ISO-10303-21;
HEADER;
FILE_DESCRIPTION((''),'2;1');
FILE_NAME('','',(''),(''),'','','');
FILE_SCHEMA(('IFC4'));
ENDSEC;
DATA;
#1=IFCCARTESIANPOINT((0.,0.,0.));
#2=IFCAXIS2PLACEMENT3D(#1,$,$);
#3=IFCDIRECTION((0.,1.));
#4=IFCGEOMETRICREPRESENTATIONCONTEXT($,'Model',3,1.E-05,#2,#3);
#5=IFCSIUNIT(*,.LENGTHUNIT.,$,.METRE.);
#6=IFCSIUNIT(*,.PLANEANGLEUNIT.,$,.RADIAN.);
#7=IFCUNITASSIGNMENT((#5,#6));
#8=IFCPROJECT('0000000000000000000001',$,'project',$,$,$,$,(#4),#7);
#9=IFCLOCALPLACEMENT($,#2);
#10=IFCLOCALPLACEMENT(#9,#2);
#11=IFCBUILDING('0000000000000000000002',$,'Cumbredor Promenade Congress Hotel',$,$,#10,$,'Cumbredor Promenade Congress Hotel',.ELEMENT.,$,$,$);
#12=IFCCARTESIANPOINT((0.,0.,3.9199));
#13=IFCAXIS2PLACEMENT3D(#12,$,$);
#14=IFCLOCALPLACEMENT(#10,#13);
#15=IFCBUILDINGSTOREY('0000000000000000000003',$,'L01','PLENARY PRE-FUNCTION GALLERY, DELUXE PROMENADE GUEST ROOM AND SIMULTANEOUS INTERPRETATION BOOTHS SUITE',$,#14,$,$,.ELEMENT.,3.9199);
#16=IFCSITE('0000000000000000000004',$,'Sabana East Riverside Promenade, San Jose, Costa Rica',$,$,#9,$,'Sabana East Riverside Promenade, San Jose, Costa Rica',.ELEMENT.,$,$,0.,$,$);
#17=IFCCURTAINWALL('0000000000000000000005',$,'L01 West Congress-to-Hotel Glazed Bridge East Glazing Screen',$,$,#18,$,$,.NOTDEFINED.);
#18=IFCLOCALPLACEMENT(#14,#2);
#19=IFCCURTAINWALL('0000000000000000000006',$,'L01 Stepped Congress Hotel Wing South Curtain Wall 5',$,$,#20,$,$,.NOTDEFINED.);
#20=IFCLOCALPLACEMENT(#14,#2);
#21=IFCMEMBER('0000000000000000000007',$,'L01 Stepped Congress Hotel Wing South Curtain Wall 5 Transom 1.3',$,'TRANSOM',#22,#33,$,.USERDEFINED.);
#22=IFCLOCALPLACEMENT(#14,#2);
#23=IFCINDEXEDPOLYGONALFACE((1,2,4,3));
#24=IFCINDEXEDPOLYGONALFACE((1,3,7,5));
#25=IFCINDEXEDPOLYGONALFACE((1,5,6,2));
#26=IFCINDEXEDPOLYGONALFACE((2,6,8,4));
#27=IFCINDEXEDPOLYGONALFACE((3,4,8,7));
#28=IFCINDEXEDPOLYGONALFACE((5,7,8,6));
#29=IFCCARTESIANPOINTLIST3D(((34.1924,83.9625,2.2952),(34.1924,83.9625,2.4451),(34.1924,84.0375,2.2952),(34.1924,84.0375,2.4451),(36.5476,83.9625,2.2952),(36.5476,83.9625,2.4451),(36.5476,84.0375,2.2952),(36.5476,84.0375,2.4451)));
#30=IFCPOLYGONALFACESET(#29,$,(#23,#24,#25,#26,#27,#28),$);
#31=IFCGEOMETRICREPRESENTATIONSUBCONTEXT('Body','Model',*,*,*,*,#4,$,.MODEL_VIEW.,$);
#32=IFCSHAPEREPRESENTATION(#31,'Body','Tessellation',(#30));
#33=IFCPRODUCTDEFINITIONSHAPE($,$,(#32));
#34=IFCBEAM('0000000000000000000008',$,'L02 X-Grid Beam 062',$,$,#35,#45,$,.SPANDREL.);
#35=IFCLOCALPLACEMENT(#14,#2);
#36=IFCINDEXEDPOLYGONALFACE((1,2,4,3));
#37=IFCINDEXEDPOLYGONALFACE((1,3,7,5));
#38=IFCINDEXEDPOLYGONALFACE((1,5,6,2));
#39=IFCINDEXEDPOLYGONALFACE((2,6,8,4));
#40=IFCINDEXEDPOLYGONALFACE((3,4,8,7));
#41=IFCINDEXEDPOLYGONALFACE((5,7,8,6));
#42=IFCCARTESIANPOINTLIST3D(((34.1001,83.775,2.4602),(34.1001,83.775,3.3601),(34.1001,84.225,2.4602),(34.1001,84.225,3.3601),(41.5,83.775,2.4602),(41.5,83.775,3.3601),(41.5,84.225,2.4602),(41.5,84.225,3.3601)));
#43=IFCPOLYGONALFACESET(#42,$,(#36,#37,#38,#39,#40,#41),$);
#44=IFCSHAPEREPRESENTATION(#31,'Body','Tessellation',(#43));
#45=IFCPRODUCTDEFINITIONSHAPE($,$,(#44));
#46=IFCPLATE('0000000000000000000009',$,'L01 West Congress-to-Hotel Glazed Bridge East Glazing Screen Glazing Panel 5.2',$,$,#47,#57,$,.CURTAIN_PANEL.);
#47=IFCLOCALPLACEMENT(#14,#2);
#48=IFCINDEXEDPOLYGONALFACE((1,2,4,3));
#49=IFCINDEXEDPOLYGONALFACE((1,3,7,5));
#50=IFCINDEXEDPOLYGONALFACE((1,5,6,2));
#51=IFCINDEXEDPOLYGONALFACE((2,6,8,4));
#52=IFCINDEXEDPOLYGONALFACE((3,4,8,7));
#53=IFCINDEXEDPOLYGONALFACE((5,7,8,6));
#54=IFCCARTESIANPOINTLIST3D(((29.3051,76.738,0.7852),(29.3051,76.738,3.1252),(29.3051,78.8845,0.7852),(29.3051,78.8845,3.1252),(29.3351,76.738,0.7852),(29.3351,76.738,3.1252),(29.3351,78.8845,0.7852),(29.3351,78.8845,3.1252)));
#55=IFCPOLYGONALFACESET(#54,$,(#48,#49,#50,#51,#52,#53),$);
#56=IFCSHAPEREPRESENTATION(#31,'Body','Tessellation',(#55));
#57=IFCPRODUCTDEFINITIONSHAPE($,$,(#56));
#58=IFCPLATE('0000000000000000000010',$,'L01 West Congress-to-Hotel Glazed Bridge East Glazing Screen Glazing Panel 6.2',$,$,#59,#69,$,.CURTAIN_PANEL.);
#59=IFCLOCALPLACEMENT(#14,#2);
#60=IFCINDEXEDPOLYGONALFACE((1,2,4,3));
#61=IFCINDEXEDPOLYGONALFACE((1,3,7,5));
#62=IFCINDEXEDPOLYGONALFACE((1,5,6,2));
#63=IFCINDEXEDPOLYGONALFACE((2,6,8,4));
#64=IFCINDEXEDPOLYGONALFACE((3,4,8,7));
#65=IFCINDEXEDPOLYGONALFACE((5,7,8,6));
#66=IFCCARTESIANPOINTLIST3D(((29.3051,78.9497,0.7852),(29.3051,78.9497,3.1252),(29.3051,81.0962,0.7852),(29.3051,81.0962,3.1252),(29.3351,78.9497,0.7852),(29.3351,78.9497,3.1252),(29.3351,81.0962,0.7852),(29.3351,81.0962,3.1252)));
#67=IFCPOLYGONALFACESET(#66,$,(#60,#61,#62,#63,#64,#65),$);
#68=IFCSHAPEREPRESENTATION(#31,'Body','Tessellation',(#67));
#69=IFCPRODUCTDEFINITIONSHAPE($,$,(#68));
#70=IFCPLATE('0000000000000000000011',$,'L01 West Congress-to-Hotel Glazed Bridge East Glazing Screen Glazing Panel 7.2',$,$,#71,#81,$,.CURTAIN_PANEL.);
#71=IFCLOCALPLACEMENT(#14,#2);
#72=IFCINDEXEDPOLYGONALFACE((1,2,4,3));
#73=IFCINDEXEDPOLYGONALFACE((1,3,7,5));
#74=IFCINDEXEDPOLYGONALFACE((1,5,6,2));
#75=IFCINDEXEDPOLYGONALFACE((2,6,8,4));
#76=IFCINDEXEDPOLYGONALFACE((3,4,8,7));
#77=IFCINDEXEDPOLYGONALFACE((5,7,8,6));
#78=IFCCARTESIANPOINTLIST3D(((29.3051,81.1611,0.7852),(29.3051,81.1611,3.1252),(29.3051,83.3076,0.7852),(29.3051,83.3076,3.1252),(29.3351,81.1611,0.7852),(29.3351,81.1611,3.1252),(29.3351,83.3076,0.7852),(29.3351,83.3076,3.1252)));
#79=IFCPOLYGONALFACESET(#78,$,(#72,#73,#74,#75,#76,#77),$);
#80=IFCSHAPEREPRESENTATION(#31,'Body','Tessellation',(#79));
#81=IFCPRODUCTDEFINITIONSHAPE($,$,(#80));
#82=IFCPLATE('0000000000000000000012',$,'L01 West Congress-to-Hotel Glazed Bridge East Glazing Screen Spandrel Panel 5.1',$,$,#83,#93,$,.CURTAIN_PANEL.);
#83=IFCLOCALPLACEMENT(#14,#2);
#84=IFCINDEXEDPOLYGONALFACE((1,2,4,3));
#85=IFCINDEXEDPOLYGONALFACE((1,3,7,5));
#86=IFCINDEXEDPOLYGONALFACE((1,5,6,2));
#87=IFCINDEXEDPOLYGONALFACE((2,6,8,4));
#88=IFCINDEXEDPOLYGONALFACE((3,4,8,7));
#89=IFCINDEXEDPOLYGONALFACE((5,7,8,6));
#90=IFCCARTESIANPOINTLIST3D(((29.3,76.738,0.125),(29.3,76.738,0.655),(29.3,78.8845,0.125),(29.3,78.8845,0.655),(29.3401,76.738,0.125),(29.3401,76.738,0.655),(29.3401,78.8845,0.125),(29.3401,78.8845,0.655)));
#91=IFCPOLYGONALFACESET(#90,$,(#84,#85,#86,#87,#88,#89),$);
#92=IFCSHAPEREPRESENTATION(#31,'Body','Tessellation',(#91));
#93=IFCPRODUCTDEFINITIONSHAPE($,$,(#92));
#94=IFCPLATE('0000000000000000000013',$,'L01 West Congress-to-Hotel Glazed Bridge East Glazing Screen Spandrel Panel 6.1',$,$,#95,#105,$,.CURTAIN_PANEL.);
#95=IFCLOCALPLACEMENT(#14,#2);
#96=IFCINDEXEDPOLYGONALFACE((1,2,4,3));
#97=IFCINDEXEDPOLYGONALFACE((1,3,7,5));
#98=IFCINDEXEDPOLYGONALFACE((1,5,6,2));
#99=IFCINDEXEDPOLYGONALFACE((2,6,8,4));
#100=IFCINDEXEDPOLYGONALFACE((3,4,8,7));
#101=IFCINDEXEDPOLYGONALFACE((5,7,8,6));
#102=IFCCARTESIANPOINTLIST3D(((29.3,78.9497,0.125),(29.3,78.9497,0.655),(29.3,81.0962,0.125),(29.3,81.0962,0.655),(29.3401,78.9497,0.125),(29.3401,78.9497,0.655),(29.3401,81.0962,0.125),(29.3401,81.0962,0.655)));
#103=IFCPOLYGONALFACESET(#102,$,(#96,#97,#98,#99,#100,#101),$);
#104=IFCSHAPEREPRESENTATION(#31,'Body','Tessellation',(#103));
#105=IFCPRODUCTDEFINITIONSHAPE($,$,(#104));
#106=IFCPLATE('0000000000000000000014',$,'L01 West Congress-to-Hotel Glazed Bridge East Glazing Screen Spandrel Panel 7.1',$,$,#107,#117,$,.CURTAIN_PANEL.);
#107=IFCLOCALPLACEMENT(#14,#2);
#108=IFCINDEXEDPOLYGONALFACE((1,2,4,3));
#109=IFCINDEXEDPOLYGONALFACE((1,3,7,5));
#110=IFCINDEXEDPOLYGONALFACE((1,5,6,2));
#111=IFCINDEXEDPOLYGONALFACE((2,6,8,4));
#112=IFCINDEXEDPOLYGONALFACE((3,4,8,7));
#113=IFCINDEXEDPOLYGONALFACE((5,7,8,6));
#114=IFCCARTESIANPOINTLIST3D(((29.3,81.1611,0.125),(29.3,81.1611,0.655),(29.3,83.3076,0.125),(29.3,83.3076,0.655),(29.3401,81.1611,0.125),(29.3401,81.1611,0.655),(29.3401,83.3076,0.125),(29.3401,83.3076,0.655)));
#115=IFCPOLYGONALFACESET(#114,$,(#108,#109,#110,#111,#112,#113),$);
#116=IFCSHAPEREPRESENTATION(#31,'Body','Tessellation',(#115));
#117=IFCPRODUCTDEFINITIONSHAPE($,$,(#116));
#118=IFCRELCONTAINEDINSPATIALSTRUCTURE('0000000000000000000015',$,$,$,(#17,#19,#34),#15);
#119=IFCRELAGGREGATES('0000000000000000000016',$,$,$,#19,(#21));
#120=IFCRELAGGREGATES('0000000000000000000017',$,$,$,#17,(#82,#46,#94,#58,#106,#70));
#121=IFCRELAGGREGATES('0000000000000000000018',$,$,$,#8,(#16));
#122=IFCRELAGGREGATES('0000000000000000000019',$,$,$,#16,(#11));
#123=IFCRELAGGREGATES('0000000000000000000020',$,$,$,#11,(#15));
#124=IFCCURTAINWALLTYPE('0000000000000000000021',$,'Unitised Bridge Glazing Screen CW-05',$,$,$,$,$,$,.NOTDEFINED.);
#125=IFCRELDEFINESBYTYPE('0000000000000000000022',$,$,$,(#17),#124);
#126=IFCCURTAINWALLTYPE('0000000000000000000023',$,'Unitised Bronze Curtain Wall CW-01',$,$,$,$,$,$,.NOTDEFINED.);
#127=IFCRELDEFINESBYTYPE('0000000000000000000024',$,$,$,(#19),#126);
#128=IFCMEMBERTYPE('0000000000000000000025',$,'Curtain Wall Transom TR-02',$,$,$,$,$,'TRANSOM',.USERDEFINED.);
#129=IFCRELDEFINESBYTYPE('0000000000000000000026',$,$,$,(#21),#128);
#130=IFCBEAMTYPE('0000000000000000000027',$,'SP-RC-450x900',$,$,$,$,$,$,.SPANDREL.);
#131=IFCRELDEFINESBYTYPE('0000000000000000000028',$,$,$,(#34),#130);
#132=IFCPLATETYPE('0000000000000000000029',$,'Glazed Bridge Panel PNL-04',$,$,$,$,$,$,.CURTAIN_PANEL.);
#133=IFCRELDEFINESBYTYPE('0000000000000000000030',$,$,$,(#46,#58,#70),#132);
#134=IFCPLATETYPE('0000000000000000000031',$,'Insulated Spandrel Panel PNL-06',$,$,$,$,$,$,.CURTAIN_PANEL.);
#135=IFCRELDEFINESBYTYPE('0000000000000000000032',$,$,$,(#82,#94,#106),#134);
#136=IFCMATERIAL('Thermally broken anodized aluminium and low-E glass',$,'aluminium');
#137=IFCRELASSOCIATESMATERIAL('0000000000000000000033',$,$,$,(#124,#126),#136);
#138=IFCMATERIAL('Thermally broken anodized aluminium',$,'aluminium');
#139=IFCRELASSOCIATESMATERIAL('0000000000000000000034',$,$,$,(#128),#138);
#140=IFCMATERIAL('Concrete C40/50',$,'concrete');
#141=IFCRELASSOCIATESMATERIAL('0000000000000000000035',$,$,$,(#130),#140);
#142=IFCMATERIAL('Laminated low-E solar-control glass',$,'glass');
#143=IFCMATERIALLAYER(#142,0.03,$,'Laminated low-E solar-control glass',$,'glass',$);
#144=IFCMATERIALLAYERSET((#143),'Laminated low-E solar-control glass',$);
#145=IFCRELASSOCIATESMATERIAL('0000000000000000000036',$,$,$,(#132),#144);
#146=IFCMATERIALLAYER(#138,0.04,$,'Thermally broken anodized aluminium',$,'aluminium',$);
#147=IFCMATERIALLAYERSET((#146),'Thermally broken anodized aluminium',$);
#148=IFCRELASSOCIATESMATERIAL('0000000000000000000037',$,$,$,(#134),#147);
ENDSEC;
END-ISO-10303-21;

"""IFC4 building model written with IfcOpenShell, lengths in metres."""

from ifc_helpers import new_model, si_unit, direction, frame, origin, origin_2d, place, context, subcontext, project, spatial, rectangle, extrude, material, layer, layer_set, material_profile, profile_set, type_object, element, aggregate, save


model = new_model("IFC4")

# Units and contexts
model_context = context("Model", 3, precision=1e-05, world=origin(), true_north=direction((0.0, 1.0)))
body_context = subcontext(model_context, "Body", "Model", "MODEL_VIEW")
ifc_project = project(units=[si_unit("LENGTHUNIT", "METRE"), si_unit("PLANEANGLEUNIT", "RADIAN")], contexts=[model_context])

# Site, building, storey
site_placement = place(None, origin())
site = spatial("IfcSite", under=ifc_project, at=site_placement, Name="Sabana East Riverside Promenade, San Jose, Costa Rica", LongName="Sabana East Riverside Promenade, San Jose, Costa Rica", CompositionType="ELEMENT", RefElevation=0.0)
building_placement = place(site_placement, origin())
building = spatial("IfcBuilding", under=site, at=building_placement, Name="Cumbredor Promenade Congress Hotel", LongName="Cumbredor Promenade Congress Hotel", CompositionType="ELEMENT")
storey_placement = place(building_placement, frame((0.0, 0.0, 3.9199)))
storey = spatial("IfcBuildingStorey", under=building, at=storey_placement, Name="L01", Description="PLENARY PRE-FUNCTION GALLERY, DELUXE PROMENADE GUEST ROOM AND SIMULTANEOUS INTERPRETATION BOOTHS SUITE", CompositionType="ELEMENT", Elevation=3.9199)

# Curtain wall
ifc_material_1 = material(Name="Thermally broken anodized aluminium and low-E glass", Category="aluminium")
curtain_wall_type_1 = type_object("IfcCurtainWallType", Name="Unitised Bridge Glazing Screen CW-05", PredefinedType="NOTDEFINED", material=ifc_material_1)
curtain_wall_1_placement = place(storey_placement, origin())
curtain_wall_1 = element("IfcCurtainWall", 1, at=curtain_wall_1_placement, inside=storey, type_object=curtain_wall_type_1, Name="L01 West Congress-to-Hotel Glazed Bridge East Glazing Screen", PredefinedType="NOTDEFINED")
ifc_material_2 = material(Name="Thermally broken anodized aluminium", Category="aluminium")

# Curtain wall
curtain_wall_type_2 = type_object("IfcCurtainWallType", Name="Unitised Bronze Curtain Wall CW-01", PredefinedType="NOTDEFINED", material=ifc_material_1)
curtain_wall_2_placement = place(storey_placement, origin())
curtain_wall_2 = element("IfcCurtainWall", 2, at=curtain_wall_2_placement, inside=storey, type_object=curtain_wall_type_2, Name="L01 Stepped Congress Hotel Wing South Curtain Wall 5", PredefinedType="NOTDEFINED")

# Member
ifc_material_profile_1 = material_profile(ifc_material_2, rectangle(XDim=0.075, YDim=0.1499, at=origin_2d()), Name="ALU TRANSOM 75x150")
ifc_profile_set_1 = profile_set([ifc_material_profile_1], Name="Thermally broken anodized aluminium")
member_type_1 = type_object("IfcMemberType", Name="Curtain Wall Transom TR-02", ElementType="TRANSOM", PredefinedType="USERDEFINED", material=ifc_profile_set_1)
member_1_placement = place(storey_placement, frame((34.1924, 84.0, 2.3701), z_axis=(1.0, 0.0, 0.0), x_axis=(0.0, 1.0, 0.0)))
member_1 = element("IfcMember", 3, at=member_1_placement, type_object=member_type_1, Name="L01 Stepped Congress Hotel Wing South Curtain Wall 5 Transom 1.3", ObjectType="TRANSOM", PredefinedType="USERDEFINED", context=body_context, shape_type="SweptSolid", body=[
    extrude(rectangle(XDim=0.075, YDim=0.1499, at=origin_2d()), origin(), (0.0, 0.0, 1.0), 2.3552),
])
aggregate(curtain_wall_2, [member_1])

# Beam
ifc_material_3 = material(Name="Concrete C40/50", Category="concrete")
ifc_material_profile_2 = material_profile(ifc_material_3, rectangle(XDim=0.45, YDim=0.8999, at=origin_2d()), Name="RC SPANDREL 450x900")
ifc_profile_set_2 = profile_set([ifc_material_profile_2], Name="Concrete C40/50")
beam_type = type_object("IfcBeamType", Name="SP-RC-450x900", PredefinedType="SPANDREL", material=ifc_profile_set_2)
beam_placement = place(storey_placement, frame((34.1001, 84.0, 2.9102), z_axis=(1.0, 0.0, 0.0), x_axis=(0.0, 1.0, 0.0)))
element("IfcBeam", 4, at=beam_placement, inside=storey, type_object=beam_type, Name="L02 X-Grid Beam 062", PredefinedType="SPANDREL", context=body_context, shape_type="SweptSolid", body=[
    extrude(rectangle(XDim=0.45, YDim=0.8999, at=origin_2d()), origin(), (0.0, 0.0, 1.0), 7.3999),
])

# Plates
ifc_material_4 = material(Name="Laminated low-E solar-control glass", Category="glass")
ifc_layer_1 = layer(ifc_material_4, 0.03, Name="Laminated low-E solar-control glass", Category="glass")
ifc_layer_set_1 = layer_set([ifc_layer_1], Name="Laminated low-E solar-control glass")
plate_type_1 = type_object("IfcPlateType", Name="Glazed Bridge Panel PNL-04", PredefinedType="CURTAIN_PANEL", material=ifc_layer_set_1)
plate_1_placement = place(storey_placement, frame((29.3201, 77.8113, 0.7852), z_axis=(0.0, 0.0, 1.0), x_axis=(0.0, 1.0, 0.0)))
plate_1 = element("IfcPlate", 5, at=plate_1_placement, type_object=plate_type_1, Name="L01 West Congress-to-Hotel Glazed Bridge East Glazing Screen Glazing Panel 5.2", PredefinedType="CURTAIN_PANEL", context=body_context, shape_type="SweptSolid", body=[
    extrude(rectangle(XDim=2.1465, YDim=0.03, at=origin_2d()), origin(), (0.0, 0.0, 1.0), 2.3401),
])
plate_2_placement = place(storey_placement, frame((29.3201, 80.0229, 0.7852), z_axis=(0.0, 0.0, 1.0), x_axis=(0.0, 1.0, 0.0)))
plate_2 = element("IfcPlate", 6, at=plate_2_placement, type_object=plate_type_1, Name="L01 West Congress-to-Hotel Glazed Bridge East Glazing Screen Glazing Panel 6.2", PredefinedType="CURTAIN_PANEL", context=body_context, shape_type="SweptSolid", body=[
    extrude(rectangle(XDim=2.1465, YDim=0.03, at=origin_2d()), origin(), (0.0, 0.0, 1.0), 2.3401),
])
plate_3_placement = place(storey_placement, frame((29.3201, 82.2344, 0.7852), z_axis=(0.0, 0.0, 1.0), x_axis=(0.0, 1.0, 0.0)))
plate_3 = element("IfcPlate", 7, at=plate_3_placement, type_object=plate_type_1, Name="L01 West Congress-to-Hotel Glazed Bridge East Glazing Screen Glazing Panel 7.2", PredefinedType="CURTAIN_PANEL", context=body_context, shape_type="SweptSolid", body=[
    extrude(rectangle(XDim=2.1465, YDim=0.03, at=origin_2d()), origin(), (0.0, 0.0, 1.0), 2.3401),
])
ifc_layer_2 = layer(ifc_material_2, 0.04, Name="Thermally broken anodized aluminium", Category="aluminium")
ifc_layer_set_2 = layer_set([ifc_layer_2], Name="Thermally broken anodized aluminium")
plate_type_2 = type_object("IfcPlateType", Name="Insulated Spandrel Panel PNL-06", PredefinedType="CURTAIN_PANEL", material=ifc_layer_set_2)
plate_4_placement = place(storey_placement, frame((29.3201, 77.8113, 0.125), z_axis=(0.0, 0.0, 1.0), x_axis=(0.0, 1.0, 0.0)))
plate_4 = element("IfcPlate", 8, at=plate_4_placement, type_object=plate_type_2, Name="L01 West Congress-to-Hotel Glazed Bridge East Glazing Screen Spandrel Panel 5.1", PredefinedType="CURTAIN_PANEL", context=body_context, shape_type="SweptSolid", body=[
    extrude(rectangle(XDim=2.1465, YDim=0.04, at=origin_2d()), origin(), (0.0, 0.0, 1.0), 0.53),
])
plate_5_placement = place(storey_placement, frame((29.3201, 80.0229, 0.125), z_axis=(0.0, 0.0, 1.0), x_axis=(0.0, 1.0, 0.0)))
plate_5 = element("IfcPlate", 9, at=plate_5_placement, type_object=plate_type_2, Name="L01 West Congress-to-Hotel Glazed Bridge East Glazing Screen Spandrel Panel 6.1", PredefinedType="CURTAIN_PANEL", context=body_context, shape_type="SweptSolid", body=[
    extrude(rectangle(XDim=2.1465, YDim=0.04, at=origin_2d()), origin(), (0.0, 0.0, 1.0), 0.53),
])
plate_6_placement = place(storey_placement, frame((29.3201, 82.2344, 0.125), z_axis=(0.0, 0.0, 1.0), x_axis=(0.0, 1.0, 0.0)))
plate_6 = element("IfcPlate", 10, at=plate_6_placement, type_object=plate_type_2, Name="L01 West Congress-to-Hotel Glazed Bridge East Glazing Screen Spandrel Panel 7.1", PredefinedType="CURTAIN_PANEL", context=body_context, shape_type="SweptSolid", body=[
    extrude(rectangle(XDim=2.1465, YDim=0.04, at=origin_2d()), origin(), (0.0, 0.0, 1.0), 0.53),
])
aggregate(curtain_wall_1, [plate_4, plate_1, plate_5, plate_2, plate_6, plate_3])

save(model, "model.ifc")
